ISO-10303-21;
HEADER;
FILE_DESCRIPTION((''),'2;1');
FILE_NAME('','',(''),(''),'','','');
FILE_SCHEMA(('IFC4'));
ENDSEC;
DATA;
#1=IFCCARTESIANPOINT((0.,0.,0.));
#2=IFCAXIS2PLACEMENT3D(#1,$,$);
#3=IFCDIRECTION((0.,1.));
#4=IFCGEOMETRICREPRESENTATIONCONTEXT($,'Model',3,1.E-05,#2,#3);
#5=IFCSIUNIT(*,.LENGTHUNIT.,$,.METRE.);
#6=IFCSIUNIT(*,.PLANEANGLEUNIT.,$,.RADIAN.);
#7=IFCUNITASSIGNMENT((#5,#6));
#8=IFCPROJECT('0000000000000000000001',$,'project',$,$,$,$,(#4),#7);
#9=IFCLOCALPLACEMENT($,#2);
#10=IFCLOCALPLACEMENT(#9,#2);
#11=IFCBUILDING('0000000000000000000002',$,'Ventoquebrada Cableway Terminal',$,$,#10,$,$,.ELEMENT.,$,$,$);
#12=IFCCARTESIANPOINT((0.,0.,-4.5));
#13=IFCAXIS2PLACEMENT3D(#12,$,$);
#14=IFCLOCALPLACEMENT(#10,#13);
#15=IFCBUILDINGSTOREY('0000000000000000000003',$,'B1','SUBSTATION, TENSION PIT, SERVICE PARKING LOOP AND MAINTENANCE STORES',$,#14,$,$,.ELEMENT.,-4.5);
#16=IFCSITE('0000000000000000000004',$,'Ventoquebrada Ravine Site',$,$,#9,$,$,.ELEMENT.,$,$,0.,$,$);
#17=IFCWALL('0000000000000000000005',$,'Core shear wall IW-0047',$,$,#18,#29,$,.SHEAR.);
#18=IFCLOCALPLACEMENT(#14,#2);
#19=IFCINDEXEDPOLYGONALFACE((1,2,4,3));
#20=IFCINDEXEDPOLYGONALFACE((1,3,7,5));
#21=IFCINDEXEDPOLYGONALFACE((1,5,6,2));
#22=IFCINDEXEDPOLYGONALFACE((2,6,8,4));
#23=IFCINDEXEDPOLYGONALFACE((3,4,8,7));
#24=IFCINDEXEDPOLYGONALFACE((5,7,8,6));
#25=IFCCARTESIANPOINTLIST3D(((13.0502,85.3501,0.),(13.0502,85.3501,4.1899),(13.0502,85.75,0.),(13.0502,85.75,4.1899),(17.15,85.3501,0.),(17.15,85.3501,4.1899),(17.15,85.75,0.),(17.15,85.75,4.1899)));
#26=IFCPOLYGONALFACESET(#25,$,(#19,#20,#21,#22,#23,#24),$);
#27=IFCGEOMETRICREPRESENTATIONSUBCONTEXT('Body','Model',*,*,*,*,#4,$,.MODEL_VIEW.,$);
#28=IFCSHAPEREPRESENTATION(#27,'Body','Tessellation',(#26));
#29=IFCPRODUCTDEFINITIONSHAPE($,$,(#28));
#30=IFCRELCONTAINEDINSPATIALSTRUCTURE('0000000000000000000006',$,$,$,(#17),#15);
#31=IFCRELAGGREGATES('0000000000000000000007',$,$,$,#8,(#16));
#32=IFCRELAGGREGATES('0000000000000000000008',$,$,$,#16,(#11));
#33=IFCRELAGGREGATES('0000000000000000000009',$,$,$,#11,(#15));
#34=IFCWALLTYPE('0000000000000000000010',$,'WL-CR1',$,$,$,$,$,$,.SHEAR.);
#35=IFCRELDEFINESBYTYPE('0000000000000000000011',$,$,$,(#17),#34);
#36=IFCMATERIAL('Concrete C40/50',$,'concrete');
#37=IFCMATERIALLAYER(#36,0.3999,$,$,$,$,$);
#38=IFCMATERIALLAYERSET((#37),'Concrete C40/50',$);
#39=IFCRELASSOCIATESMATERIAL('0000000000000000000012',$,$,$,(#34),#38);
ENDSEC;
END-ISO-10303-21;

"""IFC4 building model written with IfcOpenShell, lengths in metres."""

from ifc_helpers import new_model, si_unit, direction, frame, frame_2d, origin, place, context, subcontext, project, spatial, rectangle, extrude, material, layer, layer_set, type_object, element, save


model = new_model("IFC4")

# Units and contexts
model_context = context("Model", 3, precision=1e-05, world=origin(), true_north=direction((0.0, 1.0)))
body_context = subcontext(model_context, "Body", "Model", "MODEL_VIEW")
ifc_project = project(units=[si_unit("LENGTHUNIT", "METRE"), si_unit("PLANEANGLEUNIT", "RADIAN")], contexts=[model_context])

# Site, building, storey
site_placement = place(None, origin())
site = spatial("IfcSite", under=ifc_project, at=site_placement, Name="Ventoquebrada Ravine Site", CompositionType="ELEMENT", RefElevation=0.0)
building_placement = place(site_placement, origin())
building = spatial("IfcBuilding", under=site, at=building_placement, Name="Ventoquebrada Cableway Terminal", CompositionType="ELEMENT")
storey_placement = place(building_placement, frame((0.0, 0.0, -4.5)))
storey = spatial("IfcBuildingStorey", under=building, at=storey_placement, Name="B1", Description="SUBSTATION, TENSION PIT, SERVICE PARKING LOOP AND MAINTENANCE STORES", CompositionType="ELEMENT", Elevation=-4.5)

# Shared definitions
ifc_material_1 = material(Name="Concrete C40/50", Category="concrete")

# Wall
ifc_layer = layer(ifc_material_1, 0.3999)
ifc_layer_set = layer_set([ifc_layer], Name="Concrete C40/50")
wall_type = type_object("IfcWallType", Name="WL-CR1", PredefinedType="SHEAR", material=ifc_layer_set)
wall_1_placement = place(storey_placement, frame((17.1499, 85.55, 0.0), z_axis=(0.0, 0.0, 1.0), x_axis=(-1.0, 0.0, 0.0)))
element("IfcWall", 1, at=wall_1_placement, inside=storey, type_object=wall_type, Name="Core shear wall IW-0047", PredefinedType="SHEAR", context=body_context, shape_type="SweptSolid", body=[
    extrude(rectangle(XDim=4.0999, YDim=0.3999, at=frame_2d((2.0498, 0.0))), origin(), (0.0, 0.0, 1.0), 4.1899),
])

save(model, "model.ifc")
